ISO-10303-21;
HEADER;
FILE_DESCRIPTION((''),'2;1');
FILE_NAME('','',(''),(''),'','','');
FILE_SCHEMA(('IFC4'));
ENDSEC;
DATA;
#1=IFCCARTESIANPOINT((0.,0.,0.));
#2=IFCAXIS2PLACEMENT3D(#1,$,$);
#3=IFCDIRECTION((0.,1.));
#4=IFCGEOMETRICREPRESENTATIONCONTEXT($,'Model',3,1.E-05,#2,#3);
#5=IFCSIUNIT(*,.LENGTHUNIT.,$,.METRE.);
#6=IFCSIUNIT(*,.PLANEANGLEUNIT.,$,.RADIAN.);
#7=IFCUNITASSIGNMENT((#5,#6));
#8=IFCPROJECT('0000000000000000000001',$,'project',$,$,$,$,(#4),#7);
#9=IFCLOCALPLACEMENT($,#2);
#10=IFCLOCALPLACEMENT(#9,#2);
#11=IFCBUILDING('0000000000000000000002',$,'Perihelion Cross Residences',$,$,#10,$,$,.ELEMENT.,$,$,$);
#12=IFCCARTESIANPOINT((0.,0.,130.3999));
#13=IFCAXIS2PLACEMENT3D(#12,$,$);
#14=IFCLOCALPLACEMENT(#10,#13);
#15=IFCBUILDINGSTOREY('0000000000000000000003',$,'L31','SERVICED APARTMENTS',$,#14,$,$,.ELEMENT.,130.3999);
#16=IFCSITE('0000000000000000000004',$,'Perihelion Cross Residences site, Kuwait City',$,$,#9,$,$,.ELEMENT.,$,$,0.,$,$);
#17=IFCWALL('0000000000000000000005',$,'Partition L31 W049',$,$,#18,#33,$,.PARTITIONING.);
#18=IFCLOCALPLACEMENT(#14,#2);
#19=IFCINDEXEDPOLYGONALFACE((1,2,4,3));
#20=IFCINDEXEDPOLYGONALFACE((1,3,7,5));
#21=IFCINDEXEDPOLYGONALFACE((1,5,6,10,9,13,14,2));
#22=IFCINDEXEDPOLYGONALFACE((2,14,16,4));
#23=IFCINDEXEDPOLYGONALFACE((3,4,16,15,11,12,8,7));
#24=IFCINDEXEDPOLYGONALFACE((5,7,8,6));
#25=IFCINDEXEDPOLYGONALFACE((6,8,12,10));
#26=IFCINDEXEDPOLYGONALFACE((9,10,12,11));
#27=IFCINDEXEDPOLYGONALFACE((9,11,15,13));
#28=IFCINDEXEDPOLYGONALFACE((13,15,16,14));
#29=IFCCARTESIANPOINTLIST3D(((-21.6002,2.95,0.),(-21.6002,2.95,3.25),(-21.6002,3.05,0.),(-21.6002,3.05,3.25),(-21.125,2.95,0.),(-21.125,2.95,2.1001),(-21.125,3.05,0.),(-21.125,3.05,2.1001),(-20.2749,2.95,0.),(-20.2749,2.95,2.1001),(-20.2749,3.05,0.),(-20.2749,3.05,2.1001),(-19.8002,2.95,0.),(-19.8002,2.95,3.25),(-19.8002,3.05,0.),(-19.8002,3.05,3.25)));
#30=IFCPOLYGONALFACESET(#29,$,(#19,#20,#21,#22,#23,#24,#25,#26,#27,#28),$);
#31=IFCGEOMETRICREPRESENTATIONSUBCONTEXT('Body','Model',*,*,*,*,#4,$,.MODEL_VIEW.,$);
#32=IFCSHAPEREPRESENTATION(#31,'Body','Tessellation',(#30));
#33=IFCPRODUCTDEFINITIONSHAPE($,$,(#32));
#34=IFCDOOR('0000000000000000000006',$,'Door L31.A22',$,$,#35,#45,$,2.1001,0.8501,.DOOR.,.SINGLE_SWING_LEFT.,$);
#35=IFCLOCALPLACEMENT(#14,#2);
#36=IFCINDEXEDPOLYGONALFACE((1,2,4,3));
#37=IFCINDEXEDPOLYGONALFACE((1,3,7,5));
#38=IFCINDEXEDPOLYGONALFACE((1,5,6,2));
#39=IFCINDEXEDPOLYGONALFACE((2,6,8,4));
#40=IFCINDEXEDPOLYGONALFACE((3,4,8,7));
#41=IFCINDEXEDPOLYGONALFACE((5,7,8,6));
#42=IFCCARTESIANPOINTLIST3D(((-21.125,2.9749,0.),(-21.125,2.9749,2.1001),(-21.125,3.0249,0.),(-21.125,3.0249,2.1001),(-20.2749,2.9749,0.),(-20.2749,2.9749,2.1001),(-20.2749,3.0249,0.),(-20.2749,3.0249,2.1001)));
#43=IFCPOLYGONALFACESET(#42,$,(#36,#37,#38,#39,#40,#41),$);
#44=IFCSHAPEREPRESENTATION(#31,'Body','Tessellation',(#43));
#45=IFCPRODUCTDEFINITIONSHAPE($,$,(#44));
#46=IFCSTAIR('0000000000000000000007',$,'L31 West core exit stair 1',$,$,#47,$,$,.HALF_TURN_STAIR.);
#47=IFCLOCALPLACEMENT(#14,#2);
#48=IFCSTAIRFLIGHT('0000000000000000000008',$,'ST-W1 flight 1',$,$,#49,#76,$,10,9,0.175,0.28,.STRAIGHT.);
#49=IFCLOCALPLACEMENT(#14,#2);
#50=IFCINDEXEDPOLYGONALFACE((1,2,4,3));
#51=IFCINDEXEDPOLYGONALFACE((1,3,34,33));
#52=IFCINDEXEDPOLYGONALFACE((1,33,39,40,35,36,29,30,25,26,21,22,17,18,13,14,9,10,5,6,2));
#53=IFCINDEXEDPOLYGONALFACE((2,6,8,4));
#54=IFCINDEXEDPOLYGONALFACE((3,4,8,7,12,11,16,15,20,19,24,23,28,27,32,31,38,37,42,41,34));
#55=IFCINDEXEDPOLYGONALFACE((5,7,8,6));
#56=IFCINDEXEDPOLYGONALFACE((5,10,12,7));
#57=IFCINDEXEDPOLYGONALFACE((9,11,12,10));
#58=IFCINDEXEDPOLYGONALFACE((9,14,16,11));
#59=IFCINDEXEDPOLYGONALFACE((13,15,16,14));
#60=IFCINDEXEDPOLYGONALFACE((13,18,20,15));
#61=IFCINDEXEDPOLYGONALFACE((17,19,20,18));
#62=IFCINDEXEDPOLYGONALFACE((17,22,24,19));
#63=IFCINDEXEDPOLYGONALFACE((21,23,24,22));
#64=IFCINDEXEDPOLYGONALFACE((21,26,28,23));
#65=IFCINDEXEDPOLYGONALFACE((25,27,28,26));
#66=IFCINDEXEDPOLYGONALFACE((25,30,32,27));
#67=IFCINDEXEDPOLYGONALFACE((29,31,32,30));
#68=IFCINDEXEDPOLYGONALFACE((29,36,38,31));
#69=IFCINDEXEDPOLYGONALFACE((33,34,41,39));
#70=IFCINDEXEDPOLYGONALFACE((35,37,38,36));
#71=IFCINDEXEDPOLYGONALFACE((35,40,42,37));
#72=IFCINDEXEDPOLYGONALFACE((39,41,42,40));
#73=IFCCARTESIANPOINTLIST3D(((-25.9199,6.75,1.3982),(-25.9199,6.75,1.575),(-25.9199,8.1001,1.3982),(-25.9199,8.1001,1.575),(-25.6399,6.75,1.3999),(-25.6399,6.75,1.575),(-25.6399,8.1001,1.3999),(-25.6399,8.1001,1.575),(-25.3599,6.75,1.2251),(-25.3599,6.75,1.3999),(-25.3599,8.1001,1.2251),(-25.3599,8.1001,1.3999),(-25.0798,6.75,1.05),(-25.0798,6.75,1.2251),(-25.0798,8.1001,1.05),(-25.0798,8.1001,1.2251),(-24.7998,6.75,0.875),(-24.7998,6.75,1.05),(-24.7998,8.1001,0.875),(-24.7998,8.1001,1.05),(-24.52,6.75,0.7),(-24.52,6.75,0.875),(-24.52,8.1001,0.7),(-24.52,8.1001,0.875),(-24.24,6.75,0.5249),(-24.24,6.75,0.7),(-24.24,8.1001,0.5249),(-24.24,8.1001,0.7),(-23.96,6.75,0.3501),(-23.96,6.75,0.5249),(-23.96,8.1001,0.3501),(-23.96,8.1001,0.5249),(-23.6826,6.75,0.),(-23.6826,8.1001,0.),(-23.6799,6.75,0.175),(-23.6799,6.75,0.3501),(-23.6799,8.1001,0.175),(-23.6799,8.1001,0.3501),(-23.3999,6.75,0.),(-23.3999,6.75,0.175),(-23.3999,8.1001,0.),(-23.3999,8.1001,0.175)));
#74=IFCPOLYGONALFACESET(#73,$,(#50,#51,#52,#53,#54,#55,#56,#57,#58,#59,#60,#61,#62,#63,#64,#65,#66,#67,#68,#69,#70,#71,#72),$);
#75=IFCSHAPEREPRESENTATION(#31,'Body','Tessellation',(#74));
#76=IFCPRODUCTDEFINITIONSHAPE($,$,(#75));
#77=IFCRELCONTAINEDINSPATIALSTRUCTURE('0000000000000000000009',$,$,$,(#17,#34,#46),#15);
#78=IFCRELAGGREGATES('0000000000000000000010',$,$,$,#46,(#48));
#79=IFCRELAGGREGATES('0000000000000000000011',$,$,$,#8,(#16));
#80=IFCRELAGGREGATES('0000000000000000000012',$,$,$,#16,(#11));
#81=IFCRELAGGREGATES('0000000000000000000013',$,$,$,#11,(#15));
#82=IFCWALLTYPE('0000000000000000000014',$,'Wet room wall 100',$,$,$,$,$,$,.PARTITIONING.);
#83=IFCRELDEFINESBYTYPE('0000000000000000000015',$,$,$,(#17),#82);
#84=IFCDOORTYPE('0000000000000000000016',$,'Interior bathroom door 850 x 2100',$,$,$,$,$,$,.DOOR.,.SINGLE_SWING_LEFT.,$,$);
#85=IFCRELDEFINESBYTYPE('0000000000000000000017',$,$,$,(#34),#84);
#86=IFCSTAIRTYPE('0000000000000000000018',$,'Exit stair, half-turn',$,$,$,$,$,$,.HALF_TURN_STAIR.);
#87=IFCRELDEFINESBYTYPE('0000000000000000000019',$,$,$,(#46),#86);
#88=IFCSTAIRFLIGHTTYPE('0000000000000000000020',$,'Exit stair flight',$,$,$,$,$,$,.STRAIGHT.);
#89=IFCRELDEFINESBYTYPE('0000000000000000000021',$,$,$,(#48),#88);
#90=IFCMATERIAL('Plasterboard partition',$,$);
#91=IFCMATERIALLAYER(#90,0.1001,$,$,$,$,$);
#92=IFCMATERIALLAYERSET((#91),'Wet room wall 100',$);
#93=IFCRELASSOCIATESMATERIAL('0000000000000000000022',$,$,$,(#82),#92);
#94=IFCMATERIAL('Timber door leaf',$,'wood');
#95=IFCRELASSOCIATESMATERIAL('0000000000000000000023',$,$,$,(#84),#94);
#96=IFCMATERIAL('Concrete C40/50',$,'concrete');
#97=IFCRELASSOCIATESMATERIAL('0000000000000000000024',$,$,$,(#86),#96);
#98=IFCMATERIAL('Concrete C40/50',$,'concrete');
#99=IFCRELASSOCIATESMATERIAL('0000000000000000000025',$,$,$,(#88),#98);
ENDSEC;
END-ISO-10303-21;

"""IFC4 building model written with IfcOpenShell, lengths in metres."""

from ifc_helpers import new_model, si_unit, direction, frame, frame_2d, origin, place, context, subcontext, project, spatial, polyline, rectangle, outline, extrude, material, layer, layer_set, type_object, element, fill, aggregate, save


model = new_model("IFC4")

# Units and contexts
model_context = context("Model", 3, precision=1e-05, world=origin(), true_north=direction((0.0, 1.0)))
body_context = subcontext(model_context, "Body", "Model", "MODEL_VIEW")
ifc_project = project(units=[si_unit("LENGTHUNIT", "METRE"), si_unit("PLANEANGLEUNIT", "RADIAN")], contexts=[model_context])

# Site, building, storey
site_placement = place(None, origin())
site = spatial("IfcSite", under=ifc_project, at=site_placement, Name="Perihelion Cross Residences site, Kuwait City", CompositionType="ELEMENT", RefElevation=0.0)
building_placement = place(site_placement, origin())
building = spatial("IfcBuilding", under=site, at=building_placement, Name="Perihelion Cross Residences", CompositionType="ELEMENT")
storey_placement = place(building_placement, frame((0.0, 0.0, 130.3999)))
storey = spatial("IfcBuildingStorey", under=building, at=storey_placement, Name="L31", Description="SERVICED APARTMENTS", CompositionType="ELEMENT", Elevation=130.3999)

# Shared definitions
ifc_material_1 = material(Name="Plasterboard partition")
ifc_layer_1 = layer(ifc_material_1, 0.1001)
ifc_layer_set_1 = layer_set([ifc_layer_1], Name="Wet room wall 100")
wall_type_1 = type_object("IfcWallType", Name="Wet room wall 100", PredefinedType="PARTITIONING", material=ifc_layer_set_1)

# Wall, opening, door
wall_1_placement = place(storey_placement, frame((-21.6001, 3.0, 0.0), z_axis=(0.0, 0.0, 1.0), x_axis=(1.0, 0.0, 0.0)))
wall_1 = element("IfcWall", 1, at=wall_1_placement, inside=storey, type_object=wall_type_1, Name="Partition L31 W049", PredefinedType="PARTITIONING", context=body_context, shape_type="SweptSolid", body=[
    extrude(rectangle(XDim=1.8, YDim=0.1001, at=frame_2d((0.8999, 0.0))), origin(), (0.0, 0.0, 1.0), 3.25),
])
opening_1_placement = place(wall_1_placement, frame((0.4751, 0.0, 0.0)))
opening_1 = element("IfcOpeningElement", 2, at=opening_1_placement, cuts=wall_1, PredefinedType="OPENING", context=body_context, shape_type="SweptSolid", body=[
    extrude(rectangle(XDim=0.8501, YDim=2.1001, at=frame_2d((0.425, 1.05))), frame((0.0, 0.0601, 0.0), z_axis=(0.0, -1.0, 0.0), x_axis=(1.0, 0.0, 0.0)), (0.0, 0.0, 1.0), 0.1201),
])
ifc_material_2 = material(Name="Timber door leaf", Category="wood")
door_type_1 = type_object("IfcDoorType", Name="Interior bathroom door 850 x 2100", OperationType="SINGLE_SWING_LEFT", PredefinedType="DOOR", material=ifc_material_2)
door_1_placement = place(opening_1_placement, origin())
door_1 = element("IfcDoor", 3, at=door_1_placement, inside=storey, type_object=door_type_1, Name="Door L31.A22", OperationType="SINGLE_SWING_LEFT", OverallHeight=2.1001, OverallWidth=0.8501, PredefinedType="DOOR", context=body_context, shape_type="SweptSolid", body=[
    extrude(rectangle(XDim=0.8501, YDim=2.1001, at=frame_2d((0.425, 1.05))), frame((0.0, 0.0249, 0.0), z_axis=(0.0, -1.0, 0.0), x_axis=(1.0, 0.0, 0.0)), (0.0, 0.0, 1.0), 0.05),
])
fill(opening_1, door_1)

# Stair, stair flight
ifc_material_3 = material(Name="Concrete C40/50", Category="concrete")
stair_type = type_object("IfcStairType", Name="Exit stair, half-turn", PredefinedType="HALF_TURN_STAIR", material=ifc_material_3)
stair_placement = place(storey_placement, origin())
stair = element("IfcStair", 4, at=stair_placement, inside=storey, type_object=stair_type, Name="L31 West core exit stair 1", PredefinedType="HALF_TURN_STAIR")
ifc_material_4 = material(Name="Concrete C40/50", Category="concrete")
stair_flight_type = type_object("IfcStairFlightType", Name="Exit stair flight", PredefinedType="STRAIGHT", material=ifc_material_4)
stair_flight_placement = place(storey_placement, frame((-23.3999, 7.425, 0.0), z_axis=(0.0, 0.0, 1.0), x_axis=(-1.0, 0.0, 0.0)))
stair_flight = element("IfcStairFlight", 5, at=stair_flight_placement, type_object=stair_flight_type, Name="ST-W1 flight 1", NumberOfRisers=10, NumberOfTreads=9, PredefinedType="STRAIGHT", RiserHeight=0.175, TreadLength=0.28, context=body_context, shape_type="SweptSolid", body=[
    extrude(outline(polyline([(0.0, 0.0), (0.0, 0.175), (0.28, 0.175), (0.28, 0.3501), (0.5601, 0.3501), (0.5601, 0.5249), (0.8401, 0.5249), (0.8401, 0.7), (1.1201, 0.7), (1.1201, 0.875), (1.3999, 0.875), (1.3999, 1.05), (1.6799, 1.05), (1.6799, 1.2251), (1.96, 1.2251), (1.96, 1.3999), (2.24, 1.3999), (2.24, 1.575), (2.52, 1.575), (2.52, 1.75), (2.52, 1.3982), (0.2827, 0.0), (0.0, 0.0)])), frame((0.0, 0.675, 0.0), z_axis=(0.0, -1.0, 0.0), x_axis=(1.0, 0.0, 0.0)), (0.0, 0.0, 1.0), 1.3501),
])
aggregate(stair, [stair_flight])

save(model, "model.ifc")
